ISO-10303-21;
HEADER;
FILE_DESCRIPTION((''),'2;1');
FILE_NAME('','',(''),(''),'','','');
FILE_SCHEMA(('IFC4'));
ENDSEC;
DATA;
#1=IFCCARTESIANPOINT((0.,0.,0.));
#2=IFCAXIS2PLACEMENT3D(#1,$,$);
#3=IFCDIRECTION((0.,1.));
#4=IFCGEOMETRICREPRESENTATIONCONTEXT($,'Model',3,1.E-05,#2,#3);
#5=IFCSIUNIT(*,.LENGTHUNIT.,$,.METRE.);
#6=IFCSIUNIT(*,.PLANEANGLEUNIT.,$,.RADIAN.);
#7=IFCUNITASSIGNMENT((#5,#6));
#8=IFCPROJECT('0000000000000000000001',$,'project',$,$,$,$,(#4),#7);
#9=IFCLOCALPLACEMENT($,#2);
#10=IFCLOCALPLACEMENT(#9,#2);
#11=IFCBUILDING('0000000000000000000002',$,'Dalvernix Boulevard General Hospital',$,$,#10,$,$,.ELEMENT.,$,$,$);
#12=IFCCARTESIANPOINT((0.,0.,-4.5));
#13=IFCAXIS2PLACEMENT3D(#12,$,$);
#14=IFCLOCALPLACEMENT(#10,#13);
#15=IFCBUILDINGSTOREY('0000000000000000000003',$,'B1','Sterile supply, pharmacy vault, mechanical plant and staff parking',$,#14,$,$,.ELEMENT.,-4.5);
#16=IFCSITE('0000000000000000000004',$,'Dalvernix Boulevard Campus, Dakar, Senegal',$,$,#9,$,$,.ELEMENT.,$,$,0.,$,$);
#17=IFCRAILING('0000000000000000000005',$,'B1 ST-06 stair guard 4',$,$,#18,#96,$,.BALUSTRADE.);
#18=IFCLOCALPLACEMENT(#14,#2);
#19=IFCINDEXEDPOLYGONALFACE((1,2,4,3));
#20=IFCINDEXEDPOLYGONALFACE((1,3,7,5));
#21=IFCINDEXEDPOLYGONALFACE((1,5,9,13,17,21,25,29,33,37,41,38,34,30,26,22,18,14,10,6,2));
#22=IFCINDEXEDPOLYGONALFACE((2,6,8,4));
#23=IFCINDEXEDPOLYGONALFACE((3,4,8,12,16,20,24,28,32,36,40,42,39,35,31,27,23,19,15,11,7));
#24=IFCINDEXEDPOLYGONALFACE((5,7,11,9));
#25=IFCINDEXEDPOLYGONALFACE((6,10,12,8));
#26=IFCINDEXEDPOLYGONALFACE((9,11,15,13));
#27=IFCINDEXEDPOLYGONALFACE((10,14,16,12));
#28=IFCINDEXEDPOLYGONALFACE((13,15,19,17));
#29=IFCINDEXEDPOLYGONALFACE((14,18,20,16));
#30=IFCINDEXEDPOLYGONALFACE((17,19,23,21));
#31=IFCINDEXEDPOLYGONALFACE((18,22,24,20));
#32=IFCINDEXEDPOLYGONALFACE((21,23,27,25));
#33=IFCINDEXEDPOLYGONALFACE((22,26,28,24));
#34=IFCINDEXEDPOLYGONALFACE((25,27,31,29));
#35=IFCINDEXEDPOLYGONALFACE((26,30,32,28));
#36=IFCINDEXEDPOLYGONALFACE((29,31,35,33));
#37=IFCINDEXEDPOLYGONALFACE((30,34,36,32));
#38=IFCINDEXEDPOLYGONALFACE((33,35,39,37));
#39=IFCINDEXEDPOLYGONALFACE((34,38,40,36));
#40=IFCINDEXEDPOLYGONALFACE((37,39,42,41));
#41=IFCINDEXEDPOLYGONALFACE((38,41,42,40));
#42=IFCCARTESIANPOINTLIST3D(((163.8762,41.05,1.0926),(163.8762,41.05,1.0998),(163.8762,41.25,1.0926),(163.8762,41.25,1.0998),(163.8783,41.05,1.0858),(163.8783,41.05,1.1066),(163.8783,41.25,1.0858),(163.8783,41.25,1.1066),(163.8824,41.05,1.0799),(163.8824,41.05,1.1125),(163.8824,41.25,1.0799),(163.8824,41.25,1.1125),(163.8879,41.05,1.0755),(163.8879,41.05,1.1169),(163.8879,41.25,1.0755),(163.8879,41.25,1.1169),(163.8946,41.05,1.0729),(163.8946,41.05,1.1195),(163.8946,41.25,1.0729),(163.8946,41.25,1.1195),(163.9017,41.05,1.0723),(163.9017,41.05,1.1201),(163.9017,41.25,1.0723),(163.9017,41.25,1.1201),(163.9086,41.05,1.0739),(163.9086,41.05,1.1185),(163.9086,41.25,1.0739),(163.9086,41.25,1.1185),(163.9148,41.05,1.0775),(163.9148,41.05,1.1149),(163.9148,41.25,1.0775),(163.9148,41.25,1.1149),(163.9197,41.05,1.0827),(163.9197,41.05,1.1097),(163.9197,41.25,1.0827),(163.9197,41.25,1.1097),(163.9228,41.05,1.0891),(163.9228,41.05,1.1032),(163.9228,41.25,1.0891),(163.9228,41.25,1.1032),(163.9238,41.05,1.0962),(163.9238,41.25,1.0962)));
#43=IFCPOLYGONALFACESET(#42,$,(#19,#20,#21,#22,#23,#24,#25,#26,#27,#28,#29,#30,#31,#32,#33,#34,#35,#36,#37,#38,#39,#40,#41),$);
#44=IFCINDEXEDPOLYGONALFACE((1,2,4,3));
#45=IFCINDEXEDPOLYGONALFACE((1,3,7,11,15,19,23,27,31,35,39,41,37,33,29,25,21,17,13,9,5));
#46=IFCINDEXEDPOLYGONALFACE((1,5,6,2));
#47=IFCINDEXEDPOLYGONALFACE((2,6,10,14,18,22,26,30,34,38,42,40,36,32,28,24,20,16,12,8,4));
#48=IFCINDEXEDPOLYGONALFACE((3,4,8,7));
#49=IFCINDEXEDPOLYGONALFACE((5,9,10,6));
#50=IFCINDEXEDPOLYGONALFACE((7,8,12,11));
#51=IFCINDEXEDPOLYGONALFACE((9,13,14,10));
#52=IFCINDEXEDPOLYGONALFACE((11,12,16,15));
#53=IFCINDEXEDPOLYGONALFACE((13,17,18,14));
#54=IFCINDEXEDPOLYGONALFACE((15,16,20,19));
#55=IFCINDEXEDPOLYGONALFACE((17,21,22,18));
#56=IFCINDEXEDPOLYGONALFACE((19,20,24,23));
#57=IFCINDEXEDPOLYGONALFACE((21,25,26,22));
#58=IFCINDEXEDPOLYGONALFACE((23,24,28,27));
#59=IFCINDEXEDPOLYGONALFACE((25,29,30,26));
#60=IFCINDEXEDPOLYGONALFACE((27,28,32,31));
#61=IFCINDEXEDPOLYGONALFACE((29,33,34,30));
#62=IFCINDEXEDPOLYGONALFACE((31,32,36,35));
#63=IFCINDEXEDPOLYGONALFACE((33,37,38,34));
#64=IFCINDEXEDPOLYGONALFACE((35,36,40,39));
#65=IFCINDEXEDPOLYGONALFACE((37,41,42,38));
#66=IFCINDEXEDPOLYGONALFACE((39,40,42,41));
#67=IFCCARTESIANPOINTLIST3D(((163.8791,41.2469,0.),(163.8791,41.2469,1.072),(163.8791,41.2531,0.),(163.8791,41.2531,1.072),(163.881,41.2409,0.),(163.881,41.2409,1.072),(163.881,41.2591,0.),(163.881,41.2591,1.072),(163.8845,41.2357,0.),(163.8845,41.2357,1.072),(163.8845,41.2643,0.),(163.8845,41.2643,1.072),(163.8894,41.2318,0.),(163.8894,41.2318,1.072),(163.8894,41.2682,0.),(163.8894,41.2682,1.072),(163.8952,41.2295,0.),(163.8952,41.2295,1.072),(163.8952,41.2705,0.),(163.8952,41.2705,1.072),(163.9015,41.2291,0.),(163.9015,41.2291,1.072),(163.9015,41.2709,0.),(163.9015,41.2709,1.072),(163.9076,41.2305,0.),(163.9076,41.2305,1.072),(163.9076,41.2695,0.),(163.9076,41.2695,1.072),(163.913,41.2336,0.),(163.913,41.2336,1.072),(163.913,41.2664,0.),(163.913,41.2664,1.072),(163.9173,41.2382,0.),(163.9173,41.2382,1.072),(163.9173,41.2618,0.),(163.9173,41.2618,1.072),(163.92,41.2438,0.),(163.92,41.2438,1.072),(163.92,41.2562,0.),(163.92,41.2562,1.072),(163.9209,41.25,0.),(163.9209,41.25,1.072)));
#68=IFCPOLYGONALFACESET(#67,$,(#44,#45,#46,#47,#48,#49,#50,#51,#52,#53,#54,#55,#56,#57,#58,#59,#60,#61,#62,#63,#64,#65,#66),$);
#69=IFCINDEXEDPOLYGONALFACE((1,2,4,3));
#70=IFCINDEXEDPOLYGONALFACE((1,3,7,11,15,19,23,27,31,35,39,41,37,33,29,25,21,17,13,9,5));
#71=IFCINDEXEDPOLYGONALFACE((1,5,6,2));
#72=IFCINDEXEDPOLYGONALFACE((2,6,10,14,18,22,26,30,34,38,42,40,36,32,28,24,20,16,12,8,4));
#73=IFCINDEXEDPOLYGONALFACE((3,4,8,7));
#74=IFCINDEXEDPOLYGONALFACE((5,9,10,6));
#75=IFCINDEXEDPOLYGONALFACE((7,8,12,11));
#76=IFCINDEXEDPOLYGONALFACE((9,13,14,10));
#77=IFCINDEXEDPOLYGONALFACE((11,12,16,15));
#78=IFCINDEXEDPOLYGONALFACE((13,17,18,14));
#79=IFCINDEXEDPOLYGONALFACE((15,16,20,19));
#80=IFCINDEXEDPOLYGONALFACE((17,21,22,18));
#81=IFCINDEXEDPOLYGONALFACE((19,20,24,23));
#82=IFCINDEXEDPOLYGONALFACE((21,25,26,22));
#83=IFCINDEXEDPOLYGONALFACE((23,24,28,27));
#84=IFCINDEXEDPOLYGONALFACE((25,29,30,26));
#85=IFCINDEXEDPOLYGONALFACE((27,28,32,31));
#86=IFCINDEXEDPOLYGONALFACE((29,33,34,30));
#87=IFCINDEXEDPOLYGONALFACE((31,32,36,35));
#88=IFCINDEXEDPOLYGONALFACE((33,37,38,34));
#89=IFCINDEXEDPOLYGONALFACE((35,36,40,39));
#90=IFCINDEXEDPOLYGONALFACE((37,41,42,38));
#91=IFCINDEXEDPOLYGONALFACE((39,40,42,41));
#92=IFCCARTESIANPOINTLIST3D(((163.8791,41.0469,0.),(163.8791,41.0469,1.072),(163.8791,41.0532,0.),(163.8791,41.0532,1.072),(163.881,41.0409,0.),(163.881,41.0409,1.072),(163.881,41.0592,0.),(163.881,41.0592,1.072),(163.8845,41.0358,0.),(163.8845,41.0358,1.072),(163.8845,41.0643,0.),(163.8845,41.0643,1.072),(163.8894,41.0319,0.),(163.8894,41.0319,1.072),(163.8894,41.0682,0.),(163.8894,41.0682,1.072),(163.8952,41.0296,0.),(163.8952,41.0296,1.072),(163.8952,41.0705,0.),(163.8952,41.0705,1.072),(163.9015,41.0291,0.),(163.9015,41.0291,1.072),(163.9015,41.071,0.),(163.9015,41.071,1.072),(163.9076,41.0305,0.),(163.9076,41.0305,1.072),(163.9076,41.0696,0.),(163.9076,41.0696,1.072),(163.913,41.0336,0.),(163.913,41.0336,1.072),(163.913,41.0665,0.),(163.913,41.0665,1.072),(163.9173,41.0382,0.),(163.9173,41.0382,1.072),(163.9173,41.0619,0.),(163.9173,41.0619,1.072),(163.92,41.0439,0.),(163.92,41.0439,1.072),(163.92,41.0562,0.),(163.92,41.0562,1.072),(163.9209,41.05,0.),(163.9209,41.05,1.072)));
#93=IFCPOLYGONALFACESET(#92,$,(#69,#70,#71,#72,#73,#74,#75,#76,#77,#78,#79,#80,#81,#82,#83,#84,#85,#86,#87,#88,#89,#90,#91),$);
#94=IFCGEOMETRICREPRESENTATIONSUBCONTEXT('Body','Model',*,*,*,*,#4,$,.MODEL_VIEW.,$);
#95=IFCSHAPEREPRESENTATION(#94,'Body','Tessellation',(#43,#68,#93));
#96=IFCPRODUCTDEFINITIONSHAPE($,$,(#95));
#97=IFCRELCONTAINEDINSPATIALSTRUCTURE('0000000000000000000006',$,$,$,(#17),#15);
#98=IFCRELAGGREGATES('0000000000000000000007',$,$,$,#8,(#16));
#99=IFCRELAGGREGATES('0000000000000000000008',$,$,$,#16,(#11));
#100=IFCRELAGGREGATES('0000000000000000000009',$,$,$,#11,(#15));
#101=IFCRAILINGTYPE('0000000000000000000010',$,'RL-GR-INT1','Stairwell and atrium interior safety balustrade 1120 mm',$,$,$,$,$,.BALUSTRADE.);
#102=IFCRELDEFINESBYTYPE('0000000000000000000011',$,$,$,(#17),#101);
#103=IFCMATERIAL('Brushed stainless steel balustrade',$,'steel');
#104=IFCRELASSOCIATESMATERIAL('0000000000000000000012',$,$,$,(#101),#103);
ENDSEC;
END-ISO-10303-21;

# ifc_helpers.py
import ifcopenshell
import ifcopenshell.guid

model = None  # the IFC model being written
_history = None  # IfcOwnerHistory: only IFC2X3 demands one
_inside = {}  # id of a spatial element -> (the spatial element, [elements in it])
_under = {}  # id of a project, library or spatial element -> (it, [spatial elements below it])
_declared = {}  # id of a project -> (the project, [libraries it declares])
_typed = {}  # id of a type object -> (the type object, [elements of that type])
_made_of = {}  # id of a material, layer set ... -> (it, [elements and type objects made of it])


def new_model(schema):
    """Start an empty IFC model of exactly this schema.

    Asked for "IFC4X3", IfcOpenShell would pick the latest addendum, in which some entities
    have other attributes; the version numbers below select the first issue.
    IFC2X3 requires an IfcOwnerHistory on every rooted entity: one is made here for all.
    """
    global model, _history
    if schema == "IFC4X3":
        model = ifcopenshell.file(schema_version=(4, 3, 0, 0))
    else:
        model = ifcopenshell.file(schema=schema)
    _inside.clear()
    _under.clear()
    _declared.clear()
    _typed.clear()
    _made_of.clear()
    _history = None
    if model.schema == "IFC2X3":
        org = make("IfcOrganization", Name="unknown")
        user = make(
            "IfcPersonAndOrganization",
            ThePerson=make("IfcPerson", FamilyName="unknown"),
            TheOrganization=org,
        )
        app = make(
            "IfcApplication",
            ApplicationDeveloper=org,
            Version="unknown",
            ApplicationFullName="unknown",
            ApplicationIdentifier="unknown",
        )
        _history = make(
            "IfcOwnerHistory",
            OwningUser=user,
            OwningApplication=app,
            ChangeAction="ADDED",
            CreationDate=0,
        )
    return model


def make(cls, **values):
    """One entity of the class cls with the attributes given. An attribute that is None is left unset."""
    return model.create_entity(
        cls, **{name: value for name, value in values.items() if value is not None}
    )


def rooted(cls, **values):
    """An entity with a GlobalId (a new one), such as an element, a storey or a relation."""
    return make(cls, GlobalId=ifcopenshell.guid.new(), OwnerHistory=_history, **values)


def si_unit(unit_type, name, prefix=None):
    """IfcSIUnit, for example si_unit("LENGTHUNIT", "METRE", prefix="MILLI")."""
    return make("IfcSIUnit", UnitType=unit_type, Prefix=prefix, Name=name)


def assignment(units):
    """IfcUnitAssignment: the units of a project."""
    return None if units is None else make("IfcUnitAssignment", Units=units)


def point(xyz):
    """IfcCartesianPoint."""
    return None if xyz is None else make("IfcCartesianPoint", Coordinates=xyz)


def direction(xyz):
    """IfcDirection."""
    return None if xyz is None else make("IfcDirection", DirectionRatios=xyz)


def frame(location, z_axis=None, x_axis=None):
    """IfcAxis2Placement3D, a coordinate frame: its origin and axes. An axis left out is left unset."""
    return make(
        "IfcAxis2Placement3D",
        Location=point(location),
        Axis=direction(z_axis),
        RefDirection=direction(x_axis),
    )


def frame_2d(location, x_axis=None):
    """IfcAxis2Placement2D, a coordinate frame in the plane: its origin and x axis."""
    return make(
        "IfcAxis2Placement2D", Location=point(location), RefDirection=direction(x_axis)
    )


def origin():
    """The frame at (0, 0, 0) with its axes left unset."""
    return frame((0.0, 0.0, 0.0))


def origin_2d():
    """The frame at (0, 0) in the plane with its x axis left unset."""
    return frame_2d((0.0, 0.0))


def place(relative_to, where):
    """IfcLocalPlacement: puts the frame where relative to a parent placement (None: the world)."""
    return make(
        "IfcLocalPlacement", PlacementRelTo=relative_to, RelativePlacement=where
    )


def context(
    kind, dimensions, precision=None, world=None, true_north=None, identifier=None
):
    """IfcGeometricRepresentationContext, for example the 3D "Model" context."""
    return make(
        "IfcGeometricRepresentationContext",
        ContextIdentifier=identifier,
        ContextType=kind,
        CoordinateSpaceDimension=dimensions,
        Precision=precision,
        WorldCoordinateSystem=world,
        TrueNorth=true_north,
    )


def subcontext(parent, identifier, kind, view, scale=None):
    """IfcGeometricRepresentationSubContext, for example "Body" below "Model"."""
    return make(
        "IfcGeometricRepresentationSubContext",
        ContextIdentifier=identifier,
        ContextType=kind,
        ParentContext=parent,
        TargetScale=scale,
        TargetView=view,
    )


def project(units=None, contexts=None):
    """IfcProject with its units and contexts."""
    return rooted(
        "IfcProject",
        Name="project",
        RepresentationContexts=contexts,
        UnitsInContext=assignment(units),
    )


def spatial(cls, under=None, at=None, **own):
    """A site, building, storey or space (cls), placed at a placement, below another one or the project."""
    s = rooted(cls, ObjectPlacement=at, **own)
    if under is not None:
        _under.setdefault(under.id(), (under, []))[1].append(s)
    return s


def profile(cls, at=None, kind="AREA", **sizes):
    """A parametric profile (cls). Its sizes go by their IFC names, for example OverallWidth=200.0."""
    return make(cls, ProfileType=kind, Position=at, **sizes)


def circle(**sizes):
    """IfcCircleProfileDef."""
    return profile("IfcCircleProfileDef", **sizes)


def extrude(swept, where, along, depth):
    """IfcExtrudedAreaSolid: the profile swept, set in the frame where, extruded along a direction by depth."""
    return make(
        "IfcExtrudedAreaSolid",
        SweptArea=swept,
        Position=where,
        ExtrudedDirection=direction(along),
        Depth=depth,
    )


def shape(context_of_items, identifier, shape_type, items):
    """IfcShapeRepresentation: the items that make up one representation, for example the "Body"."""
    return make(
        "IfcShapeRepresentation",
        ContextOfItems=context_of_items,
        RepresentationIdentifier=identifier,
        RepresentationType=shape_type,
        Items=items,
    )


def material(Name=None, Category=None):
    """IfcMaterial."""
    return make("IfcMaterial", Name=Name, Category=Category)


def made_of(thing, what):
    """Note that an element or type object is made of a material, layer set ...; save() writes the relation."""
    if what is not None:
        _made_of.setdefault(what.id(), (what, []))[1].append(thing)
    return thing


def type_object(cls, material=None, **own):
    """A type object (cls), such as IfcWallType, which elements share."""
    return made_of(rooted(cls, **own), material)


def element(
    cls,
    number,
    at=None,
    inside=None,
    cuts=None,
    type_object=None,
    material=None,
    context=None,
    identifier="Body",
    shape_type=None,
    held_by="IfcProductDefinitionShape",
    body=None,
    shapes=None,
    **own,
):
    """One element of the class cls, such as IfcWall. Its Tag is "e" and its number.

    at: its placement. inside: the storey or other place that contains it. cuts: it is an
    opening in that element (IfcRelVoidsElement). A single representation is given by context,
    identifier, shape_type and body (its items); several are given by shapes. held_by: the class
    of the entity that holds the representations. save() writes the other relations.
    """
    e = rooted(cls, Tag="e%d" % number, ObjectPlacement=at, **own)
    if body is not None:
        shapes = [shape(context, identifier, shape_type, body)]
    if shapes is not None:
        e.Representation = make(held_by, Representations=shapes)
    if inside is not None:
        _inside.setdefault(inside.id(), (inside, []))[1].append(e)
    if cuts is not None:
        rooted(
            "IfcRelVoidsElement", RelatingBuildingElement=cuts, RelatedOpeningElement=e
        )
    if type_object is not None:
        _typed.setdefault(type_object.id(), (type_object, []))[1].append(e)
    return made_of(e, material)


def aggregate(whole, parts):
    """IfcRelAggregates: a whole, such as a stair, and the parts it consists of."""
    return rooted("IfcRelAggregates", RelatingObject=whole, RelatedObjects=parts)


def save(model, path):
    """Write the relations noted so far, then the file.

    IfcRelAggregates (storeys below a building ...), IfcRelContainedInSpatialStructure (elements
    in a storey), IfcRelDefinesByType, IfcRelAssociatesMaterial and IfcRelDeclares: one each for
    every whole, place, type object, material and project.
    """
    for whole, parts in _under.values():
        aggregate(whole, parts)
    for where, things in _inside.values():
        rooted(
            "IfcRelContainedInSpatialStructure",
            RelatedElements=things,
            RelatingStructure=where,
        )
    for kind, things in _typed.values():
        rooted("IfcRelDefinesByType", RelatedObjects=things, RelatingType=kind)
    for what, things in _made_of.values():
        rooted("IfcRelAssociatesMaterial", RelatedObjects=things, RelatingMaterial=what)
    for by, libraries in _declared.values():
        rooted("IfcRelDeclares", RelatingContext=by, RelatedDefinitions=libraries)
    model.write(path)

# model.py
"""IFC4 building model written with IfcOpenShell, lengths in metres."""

from ifc_helpers import new_model, si_unit, direction, frame, origin, origin_2d, place, context, subcontext, project, spatial, circle, extrude, material, type_object, element, save


model = new_model("IFC4")

# Units and contexts
model_context = context("Model", 3, precision=1e-05, world=origin(), true_north=direction((0.0, 1.0)))
body_context = subcontext(model_context, "Body", "Model", "MODEL_VIEW")
ifc_project = project(units=[si_unit("LENGTHUNIT", "METRE"), si_unit("PLANEANGLEUNIT", "RADIAN")], contexts=[model_context])

# Site, building, storey
site_placement = place(None, origin())
site = spatial("IfcSite", under=ifc_project, at=site_placement, Name="Dalvernix Boulevard Campus, Dakar, Senegal", CompositionType="ELEMENT", RefElevation=0.0)
building_placement = place(site_placement, origin())
building = spatial("IfcBuilding", under=site, at=building_placement, Name="Dalvernix Boulevard General Hospital", CompositionType="ELEMENT")
storey_placement = place(building_placement, frame((0.0, 0.0, -4.5)))
storey = spatial("IfcBuildingStorey", under=building, at=storey_placement, Name="B1", Description="Sterile supply, pharmacy vault, mechanical plant and staff parking", CompositionType="ELEMENT", Elevation=-4.5)

# Railing
ifc_material_1 = material(Name="Brushed stainless steel balustrade", Category="steel")
railing_type_1 = type_object("IfcRailingType", Name="RL-GR-INT1", Description="Stairwell and atrium interior safety balustrade 1120 mm", PredefinedType="BALUSTRADE", material=ifc_material_1)
railing_1_placement = place(storey_placement, frame((163.8999, 41.25, 0.0)))
element("IfcRailing", 1, at=railing_1_placement, inside=storey, type_object=railing_type_1, Name="B1 ST-06 stair guard 4", PredefinedType="BALUSTRADE", context=body_context, shape_type="SweptSolid", body=[
    extrude(circle(Radius=0.0239, at=origin_2d()), frame((0.0, 0.0, 1.0962), z_axis=(0.0, -1.0, 0.0), x_axis=(1.0, 0.0, 0.0)), (0.0, 0.0, 1.0), 0.2),
    extrude(circle(Radius=0.021, at=origin_2d()), origin(), (0.0, 0.0, 1.0), 1.072),
    extrude(circle(Radius=0.021, at=origin_2d()), frame((0.0, -0.2, 0.0)), (0.0, 0.0, 1.0), 1.072),
])

save(model, "model.ifc")
